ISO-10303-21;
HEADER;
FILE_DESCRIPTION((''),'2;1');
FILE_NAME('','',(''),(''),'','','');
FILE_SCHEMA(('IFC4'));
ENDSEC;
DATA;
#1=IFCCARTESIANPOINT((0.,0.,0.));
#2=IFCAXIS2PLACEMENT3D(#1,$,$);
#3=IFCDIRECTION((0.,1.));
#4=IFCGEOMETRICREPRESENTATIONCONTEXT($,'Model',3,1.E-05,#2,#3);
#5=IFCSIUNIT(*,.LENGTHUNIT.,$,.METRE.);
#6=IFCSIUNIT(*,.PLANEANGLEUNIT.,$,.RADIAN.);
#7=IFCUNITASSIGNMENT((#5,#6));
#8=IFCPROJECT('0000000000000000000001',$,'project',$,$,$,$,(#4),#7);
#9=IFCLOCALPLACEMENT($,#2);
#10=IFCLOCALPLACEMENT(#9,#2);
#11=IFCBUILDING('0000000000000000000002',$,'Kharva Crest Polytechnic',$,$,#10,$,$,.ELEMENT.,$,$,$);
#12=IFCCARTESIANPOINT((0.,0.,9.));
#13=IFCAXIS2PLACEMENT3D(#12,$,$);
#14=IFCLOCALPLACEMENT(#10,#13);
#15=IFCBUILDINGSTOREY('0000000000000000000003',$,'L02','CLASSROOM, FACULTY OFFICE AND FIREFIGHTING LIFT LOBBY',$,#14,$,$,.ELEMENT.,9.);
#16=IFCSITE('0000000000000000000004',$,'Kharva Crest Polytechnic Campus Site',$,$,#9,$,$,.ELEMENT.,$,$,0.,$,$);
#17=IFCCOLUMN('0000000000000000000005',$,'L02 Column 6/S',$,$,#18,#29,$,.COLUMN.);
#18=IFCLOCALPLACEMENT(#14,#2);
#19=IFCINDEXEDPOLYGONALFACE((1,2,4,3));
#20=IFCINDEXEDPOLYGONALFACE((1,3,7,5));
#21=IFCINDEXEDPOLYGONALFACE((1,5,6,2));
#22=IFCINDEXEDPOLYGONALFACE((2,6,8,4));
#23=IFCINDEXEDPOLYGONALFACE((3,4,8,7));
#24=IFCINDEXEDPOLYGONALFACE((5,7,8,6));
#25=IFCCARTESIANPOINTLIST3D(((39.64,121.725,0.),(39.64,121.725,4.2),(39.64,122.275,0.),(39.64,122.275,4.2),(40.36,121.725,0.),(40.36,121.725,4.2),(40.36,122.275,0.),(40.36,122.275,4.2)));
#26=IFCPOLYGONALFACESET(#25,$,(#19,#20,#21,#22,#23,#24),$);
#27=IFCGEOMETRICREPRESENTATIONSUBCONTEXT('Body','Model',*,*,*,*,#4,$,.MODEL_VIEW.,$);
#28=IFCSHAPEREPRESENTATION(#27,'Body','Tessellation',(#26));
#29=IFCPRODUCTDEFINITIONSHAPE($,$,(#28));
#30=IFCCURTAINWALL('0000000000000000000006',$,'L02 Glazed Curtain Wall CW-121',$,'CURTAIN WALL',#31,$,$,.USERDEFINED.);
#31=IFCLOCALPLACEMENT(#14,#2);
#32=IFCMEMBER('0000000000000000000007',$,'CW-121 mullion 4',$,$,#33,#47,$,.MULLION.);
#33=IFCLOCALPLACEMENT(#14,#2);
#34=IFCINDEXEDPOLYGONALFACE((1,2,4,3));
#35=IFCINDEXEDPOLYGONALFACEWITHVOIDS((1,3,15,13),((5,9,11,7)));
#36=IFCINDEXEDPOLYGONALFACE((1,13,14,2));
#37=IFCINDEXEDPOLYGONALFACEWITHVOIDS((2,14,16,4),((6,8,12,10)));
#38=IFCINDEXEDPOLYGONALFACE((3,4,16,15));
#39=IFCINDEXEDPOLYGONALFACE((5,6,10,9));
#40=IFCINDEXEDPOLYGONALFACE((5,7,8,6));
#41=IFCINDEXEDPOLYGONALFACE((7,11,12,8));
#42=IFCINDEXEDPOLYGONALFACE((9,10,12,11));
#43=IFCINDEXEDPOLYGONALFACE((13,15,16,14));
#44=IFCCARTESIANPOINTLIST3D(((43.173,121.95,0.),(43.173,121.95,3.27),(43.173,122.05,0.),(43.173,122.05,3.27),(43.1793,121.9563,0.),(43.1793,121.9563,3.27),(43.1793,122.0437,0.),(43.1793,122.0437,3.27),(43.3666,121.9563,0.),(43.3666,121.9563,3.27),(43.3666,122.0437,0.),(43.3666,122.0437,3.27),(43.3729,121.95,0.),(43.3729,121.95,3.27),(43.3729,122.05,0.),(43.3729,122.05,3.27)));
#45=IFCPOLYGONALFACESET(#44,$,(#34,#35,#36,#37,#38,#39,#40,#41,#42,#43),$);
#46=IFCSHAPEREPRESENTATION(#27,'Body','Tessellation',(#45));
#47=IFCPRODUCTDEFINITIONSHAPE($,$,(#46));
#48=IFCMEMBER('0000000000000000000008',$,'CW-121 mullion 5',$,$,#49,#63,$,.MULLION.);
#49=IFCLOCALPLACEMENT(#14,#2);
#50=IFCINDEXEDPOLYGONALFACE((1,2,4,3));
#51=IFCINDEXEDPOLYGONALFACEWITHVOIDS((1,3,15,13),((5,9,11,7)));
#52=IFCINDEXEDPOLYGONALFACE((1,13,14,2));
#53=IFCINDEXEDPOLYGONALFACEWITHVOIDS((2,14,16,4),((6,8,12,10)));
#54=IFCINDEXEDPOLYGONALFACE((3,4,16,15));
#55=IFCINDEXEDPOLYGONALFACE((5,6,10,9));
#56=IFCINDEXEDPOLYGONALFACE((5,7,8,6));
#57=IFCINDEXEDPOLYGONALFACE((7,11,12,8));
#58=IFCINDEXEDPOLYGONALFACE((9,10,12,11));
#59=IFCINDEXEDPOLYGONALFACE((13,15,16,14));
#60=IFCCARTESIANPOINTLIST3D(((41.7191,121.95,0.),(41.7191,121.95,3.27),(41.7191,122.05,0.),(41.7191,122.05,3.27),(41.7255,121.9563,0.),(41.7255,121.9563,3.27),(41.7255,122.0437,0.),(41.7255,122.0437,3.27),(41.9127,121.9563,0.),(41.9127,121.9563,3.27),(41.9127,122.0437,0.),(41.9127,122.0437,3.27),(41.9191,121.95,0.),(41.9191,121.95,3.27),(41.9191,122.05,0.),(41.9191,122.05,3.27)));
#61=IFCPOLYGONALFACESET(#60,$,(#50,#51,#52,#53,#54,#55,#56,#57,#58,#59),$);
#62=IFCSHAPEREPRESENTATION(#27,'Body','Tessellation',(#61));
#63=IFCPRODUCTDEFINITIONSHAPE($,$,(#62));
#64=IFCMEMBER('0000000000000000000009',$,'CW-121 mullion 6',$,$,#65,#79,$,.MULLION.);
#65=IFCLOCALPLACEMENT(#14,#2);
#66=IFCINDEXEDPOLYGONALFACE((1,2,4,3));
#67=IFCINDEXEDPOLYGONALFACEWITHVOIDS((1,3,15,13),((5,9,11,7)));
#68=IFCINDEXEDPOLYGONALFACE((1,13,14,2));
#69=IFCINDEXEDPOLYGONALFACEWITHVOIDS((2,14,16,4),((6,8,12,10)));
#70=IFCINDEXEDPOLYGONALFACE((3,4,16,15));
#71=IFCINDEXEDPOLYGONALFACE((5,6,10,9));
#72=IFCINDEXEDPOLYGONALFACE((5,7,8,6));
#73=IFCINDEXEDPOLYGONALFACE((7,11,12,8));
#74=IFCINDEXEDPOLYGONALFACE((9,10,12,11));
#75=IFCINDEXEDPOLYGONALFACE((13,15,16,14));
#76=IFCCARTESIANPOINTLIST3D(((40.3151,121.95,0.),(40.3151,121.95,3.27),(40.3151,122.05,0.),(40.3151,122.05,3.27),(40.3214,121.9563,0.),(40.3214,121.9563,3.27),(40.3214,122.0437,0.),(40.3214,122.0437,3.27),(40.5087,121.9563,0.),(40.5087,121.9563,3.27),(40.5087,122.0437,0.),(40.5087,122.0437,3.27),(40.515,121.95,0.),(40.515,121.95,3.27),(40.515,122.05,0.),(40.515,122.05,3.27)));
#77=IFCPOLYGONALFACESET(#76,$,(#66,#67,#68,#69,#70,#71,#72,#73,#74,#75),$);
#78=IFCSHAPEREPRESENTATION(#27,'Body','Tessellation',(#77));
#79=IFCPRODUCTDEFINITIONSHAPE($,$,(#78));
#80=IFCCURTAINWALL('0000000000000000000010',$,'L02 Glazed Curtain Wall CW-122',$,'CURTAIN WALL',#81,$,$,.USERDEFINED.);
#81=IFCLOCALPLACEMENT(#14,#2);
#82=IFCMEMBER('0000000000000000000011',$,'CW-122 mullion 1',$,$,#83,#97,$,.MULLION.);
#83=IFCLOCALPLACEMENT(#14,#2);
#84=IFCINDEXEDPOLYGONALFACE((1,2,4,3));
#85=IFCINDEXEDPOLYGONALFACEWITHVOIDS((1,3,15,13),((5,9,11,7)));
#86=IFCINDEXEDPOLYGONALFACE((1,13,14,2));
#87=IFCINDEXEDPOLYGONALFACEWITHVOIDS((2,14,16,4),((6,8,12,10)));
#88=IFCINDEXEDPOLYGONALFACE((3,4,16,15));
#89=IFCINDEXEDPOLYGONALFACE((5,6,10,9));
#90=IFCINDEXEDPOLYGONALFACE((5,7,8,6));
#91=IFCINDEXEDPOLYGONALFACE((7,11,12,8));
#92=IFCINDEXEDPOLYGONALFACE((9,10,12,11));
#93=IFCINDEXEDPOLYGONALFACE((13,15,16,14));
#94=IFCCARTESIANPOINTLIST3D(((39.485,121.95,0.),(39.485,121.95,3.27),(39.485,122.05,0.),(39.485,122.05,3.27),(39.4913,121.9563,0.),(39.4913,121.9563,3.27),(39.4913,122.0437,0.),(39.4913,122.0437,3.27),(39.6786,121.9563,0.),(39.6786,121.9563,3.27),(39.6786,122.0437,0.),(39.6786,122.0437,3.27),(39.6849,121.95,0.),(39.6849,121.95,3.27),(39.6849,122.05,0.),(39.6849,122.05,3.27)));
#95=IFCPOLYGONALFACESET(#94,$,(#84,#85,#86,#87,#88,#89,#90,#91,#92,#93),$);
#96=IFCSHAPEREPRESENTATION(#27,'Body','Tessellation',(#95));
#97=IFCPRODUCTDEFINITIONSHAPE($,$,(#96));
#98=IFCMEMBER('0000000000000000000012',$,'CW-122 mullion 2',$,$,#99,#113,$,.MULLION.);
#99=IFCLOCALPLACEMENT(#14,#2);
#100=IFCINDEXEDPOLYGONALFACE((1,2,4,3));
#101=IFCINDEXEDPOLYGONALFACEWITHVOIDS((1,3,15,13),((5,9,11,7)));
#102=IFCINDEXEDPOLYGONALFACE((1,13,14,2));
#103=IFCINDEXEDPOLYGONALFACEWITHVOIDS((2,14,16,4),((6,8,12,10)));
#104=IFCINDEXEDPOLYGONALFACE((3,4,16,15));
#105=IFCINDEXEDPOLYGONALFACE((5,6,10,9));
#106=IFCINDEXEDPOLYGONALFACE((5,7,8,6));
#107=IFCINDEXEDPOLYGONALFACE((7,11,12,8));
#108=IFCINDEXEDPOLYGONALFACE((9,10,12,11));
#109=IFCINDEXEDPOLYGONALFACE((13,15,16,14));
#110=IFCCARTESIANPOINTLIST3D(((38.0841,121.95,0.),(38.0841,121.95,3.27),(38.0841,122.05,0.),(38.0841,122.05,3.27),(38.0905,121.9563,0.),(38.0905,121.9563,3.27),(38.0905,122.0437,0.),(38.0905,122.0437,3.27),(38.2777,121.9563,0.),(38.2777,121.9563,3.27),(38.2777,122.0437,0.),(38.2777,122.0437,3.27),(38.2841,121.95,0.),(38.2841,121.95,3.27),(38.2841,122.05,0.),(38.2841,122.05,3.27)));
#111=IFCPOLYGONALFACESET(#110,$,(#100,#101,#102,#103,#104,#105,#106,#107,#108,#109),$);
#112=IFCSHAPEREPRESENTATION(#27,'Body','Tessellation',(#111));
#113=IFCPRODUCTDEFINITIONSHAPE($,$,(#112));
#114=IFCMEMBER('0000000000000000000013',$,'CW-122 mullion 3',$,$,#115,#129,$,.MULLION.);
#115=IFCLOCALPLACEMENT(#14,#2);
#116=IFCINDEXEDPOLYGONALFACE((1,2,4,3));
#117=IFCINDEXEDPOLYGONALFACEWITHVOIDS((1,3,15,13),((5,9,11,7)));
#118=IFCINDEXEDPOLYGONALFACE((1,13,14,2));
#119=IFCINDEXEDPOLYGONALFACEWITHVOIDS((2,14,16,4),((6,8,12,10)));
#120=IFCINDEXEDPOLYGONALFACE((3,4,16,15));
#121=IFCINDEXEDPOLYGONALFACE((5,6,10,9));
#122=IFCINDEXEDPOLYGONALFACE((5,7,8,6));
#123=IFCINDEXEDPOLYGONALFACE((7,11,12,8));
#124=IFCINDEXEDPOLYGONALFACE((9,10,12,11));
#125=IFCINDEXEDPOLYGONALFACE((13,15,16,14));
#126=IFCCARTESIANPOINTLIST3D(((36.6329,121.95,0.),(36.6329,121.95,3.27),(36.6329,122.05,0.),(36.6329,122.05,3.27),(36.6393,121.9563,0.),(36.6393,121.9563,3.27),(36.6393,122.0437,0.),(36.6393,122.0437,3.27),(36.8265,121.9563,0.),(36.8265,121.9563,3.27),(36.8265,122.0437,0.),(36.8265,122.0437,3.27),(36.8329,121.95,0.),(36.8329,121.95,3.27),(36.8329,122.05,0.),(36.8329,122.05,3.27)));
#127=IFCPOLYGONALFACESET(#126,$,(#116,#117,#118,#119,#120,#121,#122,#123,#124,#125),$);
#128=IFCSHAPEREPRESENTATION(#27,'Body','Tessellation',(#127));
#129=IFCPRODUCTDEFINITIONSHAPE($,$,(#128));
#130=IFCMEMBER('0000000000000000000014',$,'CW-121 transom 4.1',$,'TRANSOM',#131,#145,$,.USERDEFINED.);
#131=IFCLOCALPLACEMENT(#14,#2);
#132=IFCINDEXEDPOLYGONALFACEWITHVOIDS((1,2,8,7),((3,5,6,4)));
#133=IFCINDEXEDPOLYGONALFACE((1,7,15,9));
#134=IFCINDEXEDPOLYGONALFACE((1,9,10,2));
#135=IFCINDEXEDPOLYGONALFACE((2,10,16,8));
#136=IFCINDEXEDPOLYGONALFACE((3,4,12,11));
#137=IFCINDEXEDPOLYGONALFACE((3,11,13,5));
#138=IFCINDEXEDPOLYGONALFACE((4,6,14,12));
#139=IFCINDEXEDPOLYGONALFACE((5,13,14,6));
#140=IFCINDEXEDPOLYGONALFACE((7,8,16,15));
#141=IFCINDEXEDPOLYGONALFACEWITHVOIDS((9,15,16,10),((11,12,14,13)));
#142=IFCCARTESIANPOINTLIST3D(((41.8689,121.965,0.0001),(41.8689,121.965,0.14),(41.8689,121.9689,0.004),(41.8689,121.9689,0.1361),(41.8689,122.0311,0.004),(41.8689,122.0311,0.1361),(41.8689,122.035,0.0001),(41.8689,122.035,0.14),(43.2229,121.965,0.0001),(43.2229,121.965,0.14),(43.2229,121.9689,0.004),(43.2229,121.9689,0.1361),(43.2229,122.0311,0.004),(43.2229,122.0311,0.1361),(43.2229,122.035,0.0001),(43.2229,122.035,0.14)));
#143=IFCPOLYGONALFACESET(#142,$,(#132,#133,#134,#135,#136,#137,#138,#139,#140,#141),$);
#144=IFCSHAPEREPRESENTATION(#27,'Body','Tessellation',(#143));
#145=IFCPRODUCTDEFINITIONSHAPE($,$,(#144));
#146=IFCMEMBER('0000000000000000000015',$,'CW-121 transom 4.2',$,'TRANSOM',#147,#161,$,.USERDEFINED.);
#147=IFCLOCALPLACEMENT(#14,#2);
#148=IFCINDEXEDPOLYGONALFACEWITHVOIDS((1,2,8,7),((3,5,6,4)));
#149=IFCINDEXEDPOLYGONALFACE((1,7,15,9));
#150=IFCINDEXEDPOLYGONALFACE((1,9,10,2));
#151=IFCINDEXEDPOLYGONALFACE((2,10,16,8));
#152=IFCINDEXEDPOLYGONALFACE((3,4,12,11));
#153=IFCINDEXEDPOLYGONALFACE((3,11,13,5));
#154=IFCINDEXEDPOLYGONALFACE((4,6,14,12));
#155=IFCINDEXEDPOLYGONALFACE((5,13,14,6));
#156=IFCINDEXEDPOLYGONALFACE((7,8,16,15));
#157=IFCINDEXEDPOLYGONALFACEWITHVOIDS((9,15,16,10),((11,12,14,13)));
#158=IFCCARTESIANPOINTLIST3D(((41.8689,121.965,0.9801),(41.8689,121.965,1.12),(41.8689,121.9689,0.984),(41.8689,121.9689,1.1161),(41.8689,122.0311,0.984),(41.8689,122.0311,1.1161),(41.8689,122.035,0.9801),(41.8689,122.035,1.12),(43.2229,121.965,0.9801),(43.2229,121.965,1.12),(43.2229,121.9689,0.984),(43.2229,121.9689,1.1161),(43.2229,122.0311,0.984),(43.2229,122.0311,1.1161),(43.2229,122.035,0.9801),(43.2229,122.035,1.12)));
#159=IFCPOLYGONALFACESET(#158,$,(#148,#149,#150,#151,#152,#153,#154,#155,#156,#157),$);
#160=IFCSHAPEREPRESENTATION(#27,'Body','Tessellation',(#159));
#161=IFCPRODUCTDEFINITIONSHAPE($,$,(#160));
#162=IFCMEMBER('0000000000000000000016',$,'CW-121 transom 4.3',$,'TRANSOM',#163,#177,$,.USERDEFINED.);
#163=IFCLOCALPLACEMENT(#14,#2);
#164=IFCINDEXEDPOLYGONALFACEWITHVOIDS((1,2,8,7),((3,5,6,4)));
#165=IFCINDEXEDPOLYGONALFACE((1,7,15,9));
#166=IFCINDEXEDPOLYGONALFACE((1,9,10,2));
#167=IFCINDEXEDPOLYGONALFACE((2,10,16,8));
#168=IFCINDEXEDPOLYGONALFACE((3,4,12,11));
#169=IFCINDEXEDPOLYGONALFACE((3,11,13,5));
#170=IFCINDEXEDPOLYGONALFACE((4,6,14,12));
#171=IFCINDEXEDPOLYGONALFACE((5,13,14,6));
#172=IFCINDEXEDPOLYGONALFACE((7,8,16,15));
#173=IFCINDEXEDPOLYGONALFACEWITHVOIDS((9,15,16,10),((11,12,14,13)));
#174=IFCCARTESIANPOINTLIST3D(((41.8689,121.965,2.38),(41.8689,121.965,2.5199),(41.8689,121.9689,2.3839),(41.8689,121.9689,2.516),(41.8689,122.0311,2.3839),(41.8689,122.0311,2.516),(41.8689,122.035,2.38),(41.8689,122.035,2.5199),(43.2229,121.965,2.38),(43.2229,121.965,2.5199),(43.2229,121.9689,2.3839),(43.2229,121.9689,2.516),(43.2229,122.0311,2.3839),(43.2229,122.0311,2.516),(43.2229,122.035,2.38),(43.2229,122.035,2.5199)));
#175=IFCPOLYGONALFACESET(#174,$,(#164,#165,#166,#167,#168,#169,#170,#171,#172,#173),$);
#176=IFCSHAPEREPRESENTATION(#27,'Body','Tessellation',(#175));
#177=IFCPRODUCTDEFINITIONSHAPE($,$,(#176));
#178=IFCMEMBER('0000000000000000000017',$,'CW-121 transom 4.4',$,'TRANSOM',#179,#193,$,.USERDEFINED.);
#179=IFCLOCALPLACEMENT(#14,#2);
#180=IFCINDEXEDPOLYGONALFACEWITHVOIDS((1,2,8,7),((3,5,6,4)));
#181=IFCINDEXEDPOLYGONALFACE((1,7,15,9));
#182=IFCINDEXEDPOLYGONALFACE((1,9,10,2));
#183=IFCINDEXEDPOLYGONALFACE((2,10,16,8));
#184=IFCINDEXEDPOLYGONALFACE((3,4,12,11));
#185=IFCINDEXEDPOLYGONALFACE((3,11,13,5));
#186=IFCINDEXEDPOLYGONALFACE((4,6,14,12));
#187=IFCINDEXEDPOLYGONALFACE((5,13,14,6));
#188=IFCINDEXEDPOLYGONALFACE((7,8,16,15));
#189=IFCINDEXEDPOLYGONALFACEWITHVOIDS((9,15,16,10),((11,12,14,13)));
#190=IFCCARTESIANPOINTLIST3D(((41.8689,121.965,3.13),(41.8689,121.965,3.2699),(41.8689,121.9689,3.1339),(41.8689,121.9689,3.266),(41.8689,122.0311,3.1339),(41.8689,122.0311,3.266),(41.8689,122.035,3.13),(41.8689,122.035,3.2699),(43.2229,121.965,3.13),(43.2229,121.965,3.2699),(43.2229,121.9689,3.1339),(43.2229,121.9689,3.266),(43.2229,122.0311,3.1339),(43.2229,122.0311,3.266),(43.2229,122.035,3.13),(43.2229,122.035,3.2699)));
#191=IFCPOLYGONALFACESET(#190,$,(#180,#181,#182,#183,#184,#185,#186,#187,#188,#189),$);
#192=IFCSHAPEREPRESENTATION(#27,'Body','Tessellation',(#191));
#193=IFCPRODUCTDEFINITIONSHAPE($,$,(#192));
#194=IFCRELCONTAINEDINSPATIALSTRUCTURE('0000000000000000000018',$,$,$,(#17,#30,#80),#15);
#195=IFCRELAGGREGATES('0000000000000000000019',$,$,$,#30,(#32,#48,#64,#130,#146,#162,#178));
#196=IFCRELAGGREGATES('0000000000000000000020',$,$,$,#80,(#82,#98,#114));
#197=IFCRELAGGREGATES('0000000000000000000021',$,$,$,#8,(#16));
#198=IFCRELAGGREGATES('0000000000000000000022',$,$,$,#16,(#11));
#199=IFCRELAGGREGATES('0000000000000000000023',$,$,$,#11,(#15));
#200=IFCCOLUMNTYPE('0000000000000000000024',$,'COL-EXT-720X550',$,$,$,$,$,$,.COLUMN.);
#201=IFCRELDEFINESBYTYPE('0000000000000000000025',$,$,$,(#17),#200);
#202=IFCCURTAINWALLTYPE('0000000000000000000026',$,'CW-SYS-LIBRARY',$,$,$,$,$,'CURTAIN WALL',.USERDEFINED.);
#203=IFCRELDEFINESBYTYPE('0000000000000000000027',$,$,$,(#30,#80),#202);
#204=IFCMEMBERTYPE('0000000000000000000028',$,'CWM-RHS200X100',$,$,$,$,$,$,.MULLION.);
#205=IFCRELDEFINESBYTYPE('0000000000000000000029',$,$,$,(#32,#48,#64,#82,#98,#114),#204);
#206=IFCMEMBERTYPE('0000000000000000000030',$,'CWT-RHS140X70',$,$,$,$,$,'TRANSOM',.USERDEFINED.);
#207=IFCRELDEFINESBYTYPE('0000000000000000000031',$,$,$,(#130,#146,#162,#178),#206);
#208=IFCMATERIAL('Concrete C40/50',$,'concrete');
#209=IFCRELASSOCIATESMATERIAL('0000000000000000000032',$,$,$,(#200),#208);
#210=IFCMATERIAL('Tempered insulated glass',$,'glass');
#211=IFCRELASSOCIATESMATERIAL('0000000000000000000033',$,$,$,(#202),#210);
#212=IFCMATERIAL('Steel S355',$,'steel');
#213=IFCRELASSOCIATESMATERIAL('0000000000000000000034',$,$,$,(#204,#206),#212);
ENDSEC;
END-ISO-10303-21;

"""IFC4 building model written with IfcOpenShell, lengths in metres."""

from ifc_helpers import new_model, si_unit, direction, frame, origin, origin_2d, place, context, subcontext, project, spatial, rectangle, hollow_rectangle, extrude, material, material_profile, profile_set, type_object, element, aggregate, save


model = new_model("IFC4")

# Units and contexts
model_context = context("Model", 3, precision=1e-05, world=origin(), true_north=direction((0.0, 1.0)))
body_context = subcontext(model_context, "Body", "Model", "MODEL_VIEW")
ifc_project = project(units=[si_unit("LENGTHUNIT", "METRE"), si_unit("PLANEANGLEUNIT", "RADIAN")], contexts=[model_context])

# Site, building, storey
site_placement = place(None, origin())
site = spatial("IfcSite", under=ifc_project, at=site_placement, Name="Kharva Crest Polytechnic Campus Site", CompositionType="ELEMENT", RefElevation=0.0)
building_placement = place(site_placement, origin())
building = spatial("IfcBuilding", under=site, at=building_placement, Name="Kharva Crest Polytechnic", CompositionType="ELEMENT")
storey_placement = place(building_placement, frame((0.0, 0.0, 9.0)))
storey = spatial("IfcBuildingStorey", under=building, at=storey_placement, Name="L02", Description="CLASSROOM, FACULTY OFFICE AND FIREFIGHTING LIFT LOBBY", CompositionType="ELEMENT", Elevation=9.0)

# Column
ifc_material_1 = material(Name="Concrete C40/50", Category="concrete")
ifc_material_profile_1 = material_profile(ifc_material_1, rectangle(XDim=0.72, YDim=0.55, at=origin_2d()), Name="RECT 720 X 550")
ifc_profile_set_1 = profile_set([ifc_material_profile_1], Name="Concrete C40/50")
column_type = type_object("IfcColumnType", Name="COL-EXT-720X550", PredefinedType="COLUMN", material=ifc_profile_set_1)
column_placement = place(storey_placement, frame((40.0, 122.0, 0.0), z_axis=(0.0, 0.0, 1.0), x_axis=(1.0, 0.0, 0.0)))
element("IfcColumn", 1, at=column_placement, inside=storey, type_object=column_type, Name="L02 Column 6/S", PredefinedType="COLUMN", context=body_context, shape_type="SweptSolid", body=[
    extrude(rectangle(XDim=0.72, YDim=0.55, at=origin_2d()), origin(), (0.0, 0.0, 1.0), 4.2),
])

# Curtain walls, members
ifc_material_2 = material(Name="Tempered insulated glass", Category="glass")
curtain_wall_type = type_object("IfcCurtainWallType", Name="CW-SYS-LIBRARY", ElementType="CURTAIN WALL", PredefinedType="USERDEFINED", material=ifc_material_2)
curtain_wall_1_placement = place(storey_placement, origin())
curtain_wall_1 = element("IfcCurtainWall", 2, at=curtain_wall_1_placement, inside=storey, type_object=curtain_wall_type, Name="L02 Glazed Curtain Wall CW-121", ObjectType="CURTAIN WALL", PredefinedType="USERDEFINED")
ifc_material_3 = material(Name="Steel S355", Category="steel")
ifc_material_profile_2 = material_profile(ifc_material_3, hollow_rectangle(XDim=0.1001, YDim=0.2, WallThickness=0.0063, at=origin_2d()), Name="RHS 200X100X6.3")
ifc_profile_set_2 = profile_set([ifc_material_profile_2], Name="Steel S355")
member_type_1 = type_object("IfcMemberType", Name="CWM-RHS200X100", PredefinedType="MULLION", material=ifc_profile_set_2)
member_1_placement = place(storey_placement, frame((43.2729, 122.0, 0.0), z_axis=(0.0, 0.0, 1.0), x_axis=(0.0, -1.0, 0.0)))
member_1 = element("IfcMember", 3, at=member_1_placement, type_object=member_type_1, Name="CW-121 mullion 4", PredefinedType="MULLION", context=body_context, shape_type="SweptSolid", body=[
    extrude(hollow_rectangle(XDim=0.1001, YDim=0.2, WallThickness=0.0063, at=origin_2d()), origin(), (0.0, 0.0, 1.0), 3.27),
])
member_2_placement = place(storey_placement, frame((41.8191, 122.0, 0.0), z_axis=(0.0, 0.0, 1.0), x_axis=(0.0, -1.0, 0.0)))
member_2 = element("IfcMember", 4, at=member_2_placement, type_object=member_type_1, Name="CW-121 mullion 5", PredefinedType="MULLION", context=body_context, shape_type="SweptSolid", body=[
    extrude(hollow_rectangle(XDim=0.1001, YDim=0.2, WallThickness=0.0063, at=origin_2d()), origin(), (0.0, 0.0, 1.0), 3.27),
])
member_3_placement = place(storey_placement, frame((40.415, 122.0, 0.0), z_axis=(0.0, 0.0, 1.0), x_axis=(0.0, -1.0, 0.0)))
member_3 = element("IfcMember", 5, at=member_3_placement, type_object=member_type_1, Name="CW-121 mullion 6", PredefinedType="MULLION", context=body_context, shape_type="SweptSolid", body=[
    extrude(hollow_rectangle(XDim=0.1001, YDim=0.2, WallThickness=0.0063, at=origin_2d()), origin(), (0.0, 0.0, 1.0), 3.27),
])
curtain_wall_2_placement = place(storey_placement, origin())
curtain_wall_2 = element("IfcCurtainWall", 6, at=curtain_wall_2_placement, inside=storey, type_object=curtain_wall_type, Name="L02 Glazed Curtain Wall CW-122", ObjectType="CURTAIN WALL", PredefinedType="USERDEFINED")
member_4_placement = place(storey_placement, frame((39.585, 122.0, 0.0), z_axis=(0.0, 0.0, 1.0), x_axis=(0.0, -1.0, 0.0)))
member_4 = element("IfcMember", 7, at=member_4_placement, type_object=member_type_1, Name="CW-122 mullion 1", PredefinedType="MULLION", context=body_context, shape_type="SweptSolid", body=[
    extrude(hollow_rectangle(XDim=0.1001, YDim=0.2, WallThickness=0.0063, at=origin_2d()), origin(), (0.0, 0.0, 1.0), 3.27),
])
member_5_placement = place(storey_placement, frame((38.1841, 122.0, 0.0), z_axis=(0.0, 0.0, 1.0), x_axis=(0.0, -1.0, 0.0)))
member_5 = element("IfcMember", 8, at=member_5_placement, type_object=member_type_1, Name="CW-122 mullion 2", PredefinedType="MULLION", context=body_context, shape_type="SweptSolid", body=[
    extrude(hollow_rectangle(XDim=0.1001, YDim=0.2, WallThickness=0.0063, at=origin_2d()), origin(), (0.0, 0.0, 1.0), 3.27),
])
member_6_placement = place(storey_placement, frame((36.7329, 122.0, 0.0), z_axis=(0.0, 0.0, 1.0), x_axis=(0.0, -1.0, 0.0)))
member_6 = element("IfcMember", 9, at=member_6_placement, type_object=member_type_1, Name="CW-122 mullion 3", PredefinedType="MULLION", context=body_context, shape_type="SweptSolid", body=[
    extrude(hollow_rectangle(XDim=0.1001, YDim=0.2, WallThickness=0.0063, at=origin_2d()), origin(), (0.0, 0.0, 1.0), 3.27),
])

# Members
ifc_material_profile_3 = material_profile(ifc_material_3, hollow_rectangle(XDim=0.0701, YDim=0.1399, WallThickness=0.0039, at=origin_2d()), Name="RHS 140X70X4.0")
ifc_profile_set_3 = profile_set([ifc_material_profile_3], Name="Steel S355")
member_type_2 = type_object("IfcMemberType", Name="CWT-RHS140X70", ElementType="TRANSOM", PredefinedType="USERDEFINED", material=ifc_profile_set_3)
member_7_placement = place(storey_placement, frame((43.2229, 122.0, 0.0701), z_axis=(-1.0, 0.0, 0.0), x_axis=(0.0, -1.0, 0.0)))
member_7 = element("IfcMember", 10, at=member_7_placement, type_object=member_type_2, Name="CW-121 transom 4.1", ObjectType="TRANSOM", PredefinedType="USERDEFINED", context=body_context, shape_type="SweptSolid", body=[
    extrude(hollow_rectangle(XDim=0.0701, YDim=0.1399, WallThickness=0.0039, at=origin_2d()), origin(), (0.0, 0.0, 1.0), 1.354),
])
member_8_placement = place(storey_placement, frame((43.2229, 122.0, 1.05), z_axis=(-1.0, 0.0, 0.0), x_axis=(0.0, -1.0, 0.0)))
member_8 = element("IfcMember", 11, at=member_8_placement, type_object=member_type_2, Name="CW-121 transom 4.2", ObjectType="TRANSOM", PredefinedType="USERDEFINED", context=body_context, shape_type="SweptSolid", body=[
    extrude(hollow_rectangle(XDim=0.0701, YDim=0.1399, WallThickness=0.0039, at=origin_2d()), origin(), (0.0, 0.0, 1.0), 1.354),
])
member_9_placement = place(storey_placement, frame((43.2229, 122.0, 2.45), z_axis=(-1.0, 0.0, 0.0), x_axis=(0.0, -1.0, 0.0)))
member_9 = element("IfcMember", 12, at=member_9_placement, type_object=member_type_2, Name="CW-121 transom 4.3", ObjectType="TRANSOM", PredefinedType="USERDEFINED", context=body_context, shape_type="SweptSolid", body=[
    extrude(hollow_rectangle(XDim=0.0701, YDim=0.1399, WallThickness=0.0039, at=origin_2d()), origin(), (0.0, 0.0, 1.0), 1.354),
])
member_10_placement = place(storey_placement, frame((43.2229, 122.0, 3.2), z_axis=(-1.0, 0.0, 0.0), x_axis=(0.0, -1.0, 0.0)))
member_10 = element("IfcMember", 13, at=member_10_placement, type_object=member_type_2, Name="CW-121 transom 4.4", ObjectType="TRANSOM", PredefinedType="USERDEFINED", context=body_context, shape_type="SweptSolid", body=[
    extrude(hollow_rectangle(XDim=0.0701, YDim=0.1399, WallThickness=0.0039, at=origin_2d()), origin(), (0.0, 0.0, 1.0), 1.354),
])

aggregate(curtain_wall_1, [member_1, member_2, member_3, member_7, member_8, member_9, member_10])
aggregate(curtain_wall_2, [member_4, member_5, member_6])

save(model, "model.ifc")
